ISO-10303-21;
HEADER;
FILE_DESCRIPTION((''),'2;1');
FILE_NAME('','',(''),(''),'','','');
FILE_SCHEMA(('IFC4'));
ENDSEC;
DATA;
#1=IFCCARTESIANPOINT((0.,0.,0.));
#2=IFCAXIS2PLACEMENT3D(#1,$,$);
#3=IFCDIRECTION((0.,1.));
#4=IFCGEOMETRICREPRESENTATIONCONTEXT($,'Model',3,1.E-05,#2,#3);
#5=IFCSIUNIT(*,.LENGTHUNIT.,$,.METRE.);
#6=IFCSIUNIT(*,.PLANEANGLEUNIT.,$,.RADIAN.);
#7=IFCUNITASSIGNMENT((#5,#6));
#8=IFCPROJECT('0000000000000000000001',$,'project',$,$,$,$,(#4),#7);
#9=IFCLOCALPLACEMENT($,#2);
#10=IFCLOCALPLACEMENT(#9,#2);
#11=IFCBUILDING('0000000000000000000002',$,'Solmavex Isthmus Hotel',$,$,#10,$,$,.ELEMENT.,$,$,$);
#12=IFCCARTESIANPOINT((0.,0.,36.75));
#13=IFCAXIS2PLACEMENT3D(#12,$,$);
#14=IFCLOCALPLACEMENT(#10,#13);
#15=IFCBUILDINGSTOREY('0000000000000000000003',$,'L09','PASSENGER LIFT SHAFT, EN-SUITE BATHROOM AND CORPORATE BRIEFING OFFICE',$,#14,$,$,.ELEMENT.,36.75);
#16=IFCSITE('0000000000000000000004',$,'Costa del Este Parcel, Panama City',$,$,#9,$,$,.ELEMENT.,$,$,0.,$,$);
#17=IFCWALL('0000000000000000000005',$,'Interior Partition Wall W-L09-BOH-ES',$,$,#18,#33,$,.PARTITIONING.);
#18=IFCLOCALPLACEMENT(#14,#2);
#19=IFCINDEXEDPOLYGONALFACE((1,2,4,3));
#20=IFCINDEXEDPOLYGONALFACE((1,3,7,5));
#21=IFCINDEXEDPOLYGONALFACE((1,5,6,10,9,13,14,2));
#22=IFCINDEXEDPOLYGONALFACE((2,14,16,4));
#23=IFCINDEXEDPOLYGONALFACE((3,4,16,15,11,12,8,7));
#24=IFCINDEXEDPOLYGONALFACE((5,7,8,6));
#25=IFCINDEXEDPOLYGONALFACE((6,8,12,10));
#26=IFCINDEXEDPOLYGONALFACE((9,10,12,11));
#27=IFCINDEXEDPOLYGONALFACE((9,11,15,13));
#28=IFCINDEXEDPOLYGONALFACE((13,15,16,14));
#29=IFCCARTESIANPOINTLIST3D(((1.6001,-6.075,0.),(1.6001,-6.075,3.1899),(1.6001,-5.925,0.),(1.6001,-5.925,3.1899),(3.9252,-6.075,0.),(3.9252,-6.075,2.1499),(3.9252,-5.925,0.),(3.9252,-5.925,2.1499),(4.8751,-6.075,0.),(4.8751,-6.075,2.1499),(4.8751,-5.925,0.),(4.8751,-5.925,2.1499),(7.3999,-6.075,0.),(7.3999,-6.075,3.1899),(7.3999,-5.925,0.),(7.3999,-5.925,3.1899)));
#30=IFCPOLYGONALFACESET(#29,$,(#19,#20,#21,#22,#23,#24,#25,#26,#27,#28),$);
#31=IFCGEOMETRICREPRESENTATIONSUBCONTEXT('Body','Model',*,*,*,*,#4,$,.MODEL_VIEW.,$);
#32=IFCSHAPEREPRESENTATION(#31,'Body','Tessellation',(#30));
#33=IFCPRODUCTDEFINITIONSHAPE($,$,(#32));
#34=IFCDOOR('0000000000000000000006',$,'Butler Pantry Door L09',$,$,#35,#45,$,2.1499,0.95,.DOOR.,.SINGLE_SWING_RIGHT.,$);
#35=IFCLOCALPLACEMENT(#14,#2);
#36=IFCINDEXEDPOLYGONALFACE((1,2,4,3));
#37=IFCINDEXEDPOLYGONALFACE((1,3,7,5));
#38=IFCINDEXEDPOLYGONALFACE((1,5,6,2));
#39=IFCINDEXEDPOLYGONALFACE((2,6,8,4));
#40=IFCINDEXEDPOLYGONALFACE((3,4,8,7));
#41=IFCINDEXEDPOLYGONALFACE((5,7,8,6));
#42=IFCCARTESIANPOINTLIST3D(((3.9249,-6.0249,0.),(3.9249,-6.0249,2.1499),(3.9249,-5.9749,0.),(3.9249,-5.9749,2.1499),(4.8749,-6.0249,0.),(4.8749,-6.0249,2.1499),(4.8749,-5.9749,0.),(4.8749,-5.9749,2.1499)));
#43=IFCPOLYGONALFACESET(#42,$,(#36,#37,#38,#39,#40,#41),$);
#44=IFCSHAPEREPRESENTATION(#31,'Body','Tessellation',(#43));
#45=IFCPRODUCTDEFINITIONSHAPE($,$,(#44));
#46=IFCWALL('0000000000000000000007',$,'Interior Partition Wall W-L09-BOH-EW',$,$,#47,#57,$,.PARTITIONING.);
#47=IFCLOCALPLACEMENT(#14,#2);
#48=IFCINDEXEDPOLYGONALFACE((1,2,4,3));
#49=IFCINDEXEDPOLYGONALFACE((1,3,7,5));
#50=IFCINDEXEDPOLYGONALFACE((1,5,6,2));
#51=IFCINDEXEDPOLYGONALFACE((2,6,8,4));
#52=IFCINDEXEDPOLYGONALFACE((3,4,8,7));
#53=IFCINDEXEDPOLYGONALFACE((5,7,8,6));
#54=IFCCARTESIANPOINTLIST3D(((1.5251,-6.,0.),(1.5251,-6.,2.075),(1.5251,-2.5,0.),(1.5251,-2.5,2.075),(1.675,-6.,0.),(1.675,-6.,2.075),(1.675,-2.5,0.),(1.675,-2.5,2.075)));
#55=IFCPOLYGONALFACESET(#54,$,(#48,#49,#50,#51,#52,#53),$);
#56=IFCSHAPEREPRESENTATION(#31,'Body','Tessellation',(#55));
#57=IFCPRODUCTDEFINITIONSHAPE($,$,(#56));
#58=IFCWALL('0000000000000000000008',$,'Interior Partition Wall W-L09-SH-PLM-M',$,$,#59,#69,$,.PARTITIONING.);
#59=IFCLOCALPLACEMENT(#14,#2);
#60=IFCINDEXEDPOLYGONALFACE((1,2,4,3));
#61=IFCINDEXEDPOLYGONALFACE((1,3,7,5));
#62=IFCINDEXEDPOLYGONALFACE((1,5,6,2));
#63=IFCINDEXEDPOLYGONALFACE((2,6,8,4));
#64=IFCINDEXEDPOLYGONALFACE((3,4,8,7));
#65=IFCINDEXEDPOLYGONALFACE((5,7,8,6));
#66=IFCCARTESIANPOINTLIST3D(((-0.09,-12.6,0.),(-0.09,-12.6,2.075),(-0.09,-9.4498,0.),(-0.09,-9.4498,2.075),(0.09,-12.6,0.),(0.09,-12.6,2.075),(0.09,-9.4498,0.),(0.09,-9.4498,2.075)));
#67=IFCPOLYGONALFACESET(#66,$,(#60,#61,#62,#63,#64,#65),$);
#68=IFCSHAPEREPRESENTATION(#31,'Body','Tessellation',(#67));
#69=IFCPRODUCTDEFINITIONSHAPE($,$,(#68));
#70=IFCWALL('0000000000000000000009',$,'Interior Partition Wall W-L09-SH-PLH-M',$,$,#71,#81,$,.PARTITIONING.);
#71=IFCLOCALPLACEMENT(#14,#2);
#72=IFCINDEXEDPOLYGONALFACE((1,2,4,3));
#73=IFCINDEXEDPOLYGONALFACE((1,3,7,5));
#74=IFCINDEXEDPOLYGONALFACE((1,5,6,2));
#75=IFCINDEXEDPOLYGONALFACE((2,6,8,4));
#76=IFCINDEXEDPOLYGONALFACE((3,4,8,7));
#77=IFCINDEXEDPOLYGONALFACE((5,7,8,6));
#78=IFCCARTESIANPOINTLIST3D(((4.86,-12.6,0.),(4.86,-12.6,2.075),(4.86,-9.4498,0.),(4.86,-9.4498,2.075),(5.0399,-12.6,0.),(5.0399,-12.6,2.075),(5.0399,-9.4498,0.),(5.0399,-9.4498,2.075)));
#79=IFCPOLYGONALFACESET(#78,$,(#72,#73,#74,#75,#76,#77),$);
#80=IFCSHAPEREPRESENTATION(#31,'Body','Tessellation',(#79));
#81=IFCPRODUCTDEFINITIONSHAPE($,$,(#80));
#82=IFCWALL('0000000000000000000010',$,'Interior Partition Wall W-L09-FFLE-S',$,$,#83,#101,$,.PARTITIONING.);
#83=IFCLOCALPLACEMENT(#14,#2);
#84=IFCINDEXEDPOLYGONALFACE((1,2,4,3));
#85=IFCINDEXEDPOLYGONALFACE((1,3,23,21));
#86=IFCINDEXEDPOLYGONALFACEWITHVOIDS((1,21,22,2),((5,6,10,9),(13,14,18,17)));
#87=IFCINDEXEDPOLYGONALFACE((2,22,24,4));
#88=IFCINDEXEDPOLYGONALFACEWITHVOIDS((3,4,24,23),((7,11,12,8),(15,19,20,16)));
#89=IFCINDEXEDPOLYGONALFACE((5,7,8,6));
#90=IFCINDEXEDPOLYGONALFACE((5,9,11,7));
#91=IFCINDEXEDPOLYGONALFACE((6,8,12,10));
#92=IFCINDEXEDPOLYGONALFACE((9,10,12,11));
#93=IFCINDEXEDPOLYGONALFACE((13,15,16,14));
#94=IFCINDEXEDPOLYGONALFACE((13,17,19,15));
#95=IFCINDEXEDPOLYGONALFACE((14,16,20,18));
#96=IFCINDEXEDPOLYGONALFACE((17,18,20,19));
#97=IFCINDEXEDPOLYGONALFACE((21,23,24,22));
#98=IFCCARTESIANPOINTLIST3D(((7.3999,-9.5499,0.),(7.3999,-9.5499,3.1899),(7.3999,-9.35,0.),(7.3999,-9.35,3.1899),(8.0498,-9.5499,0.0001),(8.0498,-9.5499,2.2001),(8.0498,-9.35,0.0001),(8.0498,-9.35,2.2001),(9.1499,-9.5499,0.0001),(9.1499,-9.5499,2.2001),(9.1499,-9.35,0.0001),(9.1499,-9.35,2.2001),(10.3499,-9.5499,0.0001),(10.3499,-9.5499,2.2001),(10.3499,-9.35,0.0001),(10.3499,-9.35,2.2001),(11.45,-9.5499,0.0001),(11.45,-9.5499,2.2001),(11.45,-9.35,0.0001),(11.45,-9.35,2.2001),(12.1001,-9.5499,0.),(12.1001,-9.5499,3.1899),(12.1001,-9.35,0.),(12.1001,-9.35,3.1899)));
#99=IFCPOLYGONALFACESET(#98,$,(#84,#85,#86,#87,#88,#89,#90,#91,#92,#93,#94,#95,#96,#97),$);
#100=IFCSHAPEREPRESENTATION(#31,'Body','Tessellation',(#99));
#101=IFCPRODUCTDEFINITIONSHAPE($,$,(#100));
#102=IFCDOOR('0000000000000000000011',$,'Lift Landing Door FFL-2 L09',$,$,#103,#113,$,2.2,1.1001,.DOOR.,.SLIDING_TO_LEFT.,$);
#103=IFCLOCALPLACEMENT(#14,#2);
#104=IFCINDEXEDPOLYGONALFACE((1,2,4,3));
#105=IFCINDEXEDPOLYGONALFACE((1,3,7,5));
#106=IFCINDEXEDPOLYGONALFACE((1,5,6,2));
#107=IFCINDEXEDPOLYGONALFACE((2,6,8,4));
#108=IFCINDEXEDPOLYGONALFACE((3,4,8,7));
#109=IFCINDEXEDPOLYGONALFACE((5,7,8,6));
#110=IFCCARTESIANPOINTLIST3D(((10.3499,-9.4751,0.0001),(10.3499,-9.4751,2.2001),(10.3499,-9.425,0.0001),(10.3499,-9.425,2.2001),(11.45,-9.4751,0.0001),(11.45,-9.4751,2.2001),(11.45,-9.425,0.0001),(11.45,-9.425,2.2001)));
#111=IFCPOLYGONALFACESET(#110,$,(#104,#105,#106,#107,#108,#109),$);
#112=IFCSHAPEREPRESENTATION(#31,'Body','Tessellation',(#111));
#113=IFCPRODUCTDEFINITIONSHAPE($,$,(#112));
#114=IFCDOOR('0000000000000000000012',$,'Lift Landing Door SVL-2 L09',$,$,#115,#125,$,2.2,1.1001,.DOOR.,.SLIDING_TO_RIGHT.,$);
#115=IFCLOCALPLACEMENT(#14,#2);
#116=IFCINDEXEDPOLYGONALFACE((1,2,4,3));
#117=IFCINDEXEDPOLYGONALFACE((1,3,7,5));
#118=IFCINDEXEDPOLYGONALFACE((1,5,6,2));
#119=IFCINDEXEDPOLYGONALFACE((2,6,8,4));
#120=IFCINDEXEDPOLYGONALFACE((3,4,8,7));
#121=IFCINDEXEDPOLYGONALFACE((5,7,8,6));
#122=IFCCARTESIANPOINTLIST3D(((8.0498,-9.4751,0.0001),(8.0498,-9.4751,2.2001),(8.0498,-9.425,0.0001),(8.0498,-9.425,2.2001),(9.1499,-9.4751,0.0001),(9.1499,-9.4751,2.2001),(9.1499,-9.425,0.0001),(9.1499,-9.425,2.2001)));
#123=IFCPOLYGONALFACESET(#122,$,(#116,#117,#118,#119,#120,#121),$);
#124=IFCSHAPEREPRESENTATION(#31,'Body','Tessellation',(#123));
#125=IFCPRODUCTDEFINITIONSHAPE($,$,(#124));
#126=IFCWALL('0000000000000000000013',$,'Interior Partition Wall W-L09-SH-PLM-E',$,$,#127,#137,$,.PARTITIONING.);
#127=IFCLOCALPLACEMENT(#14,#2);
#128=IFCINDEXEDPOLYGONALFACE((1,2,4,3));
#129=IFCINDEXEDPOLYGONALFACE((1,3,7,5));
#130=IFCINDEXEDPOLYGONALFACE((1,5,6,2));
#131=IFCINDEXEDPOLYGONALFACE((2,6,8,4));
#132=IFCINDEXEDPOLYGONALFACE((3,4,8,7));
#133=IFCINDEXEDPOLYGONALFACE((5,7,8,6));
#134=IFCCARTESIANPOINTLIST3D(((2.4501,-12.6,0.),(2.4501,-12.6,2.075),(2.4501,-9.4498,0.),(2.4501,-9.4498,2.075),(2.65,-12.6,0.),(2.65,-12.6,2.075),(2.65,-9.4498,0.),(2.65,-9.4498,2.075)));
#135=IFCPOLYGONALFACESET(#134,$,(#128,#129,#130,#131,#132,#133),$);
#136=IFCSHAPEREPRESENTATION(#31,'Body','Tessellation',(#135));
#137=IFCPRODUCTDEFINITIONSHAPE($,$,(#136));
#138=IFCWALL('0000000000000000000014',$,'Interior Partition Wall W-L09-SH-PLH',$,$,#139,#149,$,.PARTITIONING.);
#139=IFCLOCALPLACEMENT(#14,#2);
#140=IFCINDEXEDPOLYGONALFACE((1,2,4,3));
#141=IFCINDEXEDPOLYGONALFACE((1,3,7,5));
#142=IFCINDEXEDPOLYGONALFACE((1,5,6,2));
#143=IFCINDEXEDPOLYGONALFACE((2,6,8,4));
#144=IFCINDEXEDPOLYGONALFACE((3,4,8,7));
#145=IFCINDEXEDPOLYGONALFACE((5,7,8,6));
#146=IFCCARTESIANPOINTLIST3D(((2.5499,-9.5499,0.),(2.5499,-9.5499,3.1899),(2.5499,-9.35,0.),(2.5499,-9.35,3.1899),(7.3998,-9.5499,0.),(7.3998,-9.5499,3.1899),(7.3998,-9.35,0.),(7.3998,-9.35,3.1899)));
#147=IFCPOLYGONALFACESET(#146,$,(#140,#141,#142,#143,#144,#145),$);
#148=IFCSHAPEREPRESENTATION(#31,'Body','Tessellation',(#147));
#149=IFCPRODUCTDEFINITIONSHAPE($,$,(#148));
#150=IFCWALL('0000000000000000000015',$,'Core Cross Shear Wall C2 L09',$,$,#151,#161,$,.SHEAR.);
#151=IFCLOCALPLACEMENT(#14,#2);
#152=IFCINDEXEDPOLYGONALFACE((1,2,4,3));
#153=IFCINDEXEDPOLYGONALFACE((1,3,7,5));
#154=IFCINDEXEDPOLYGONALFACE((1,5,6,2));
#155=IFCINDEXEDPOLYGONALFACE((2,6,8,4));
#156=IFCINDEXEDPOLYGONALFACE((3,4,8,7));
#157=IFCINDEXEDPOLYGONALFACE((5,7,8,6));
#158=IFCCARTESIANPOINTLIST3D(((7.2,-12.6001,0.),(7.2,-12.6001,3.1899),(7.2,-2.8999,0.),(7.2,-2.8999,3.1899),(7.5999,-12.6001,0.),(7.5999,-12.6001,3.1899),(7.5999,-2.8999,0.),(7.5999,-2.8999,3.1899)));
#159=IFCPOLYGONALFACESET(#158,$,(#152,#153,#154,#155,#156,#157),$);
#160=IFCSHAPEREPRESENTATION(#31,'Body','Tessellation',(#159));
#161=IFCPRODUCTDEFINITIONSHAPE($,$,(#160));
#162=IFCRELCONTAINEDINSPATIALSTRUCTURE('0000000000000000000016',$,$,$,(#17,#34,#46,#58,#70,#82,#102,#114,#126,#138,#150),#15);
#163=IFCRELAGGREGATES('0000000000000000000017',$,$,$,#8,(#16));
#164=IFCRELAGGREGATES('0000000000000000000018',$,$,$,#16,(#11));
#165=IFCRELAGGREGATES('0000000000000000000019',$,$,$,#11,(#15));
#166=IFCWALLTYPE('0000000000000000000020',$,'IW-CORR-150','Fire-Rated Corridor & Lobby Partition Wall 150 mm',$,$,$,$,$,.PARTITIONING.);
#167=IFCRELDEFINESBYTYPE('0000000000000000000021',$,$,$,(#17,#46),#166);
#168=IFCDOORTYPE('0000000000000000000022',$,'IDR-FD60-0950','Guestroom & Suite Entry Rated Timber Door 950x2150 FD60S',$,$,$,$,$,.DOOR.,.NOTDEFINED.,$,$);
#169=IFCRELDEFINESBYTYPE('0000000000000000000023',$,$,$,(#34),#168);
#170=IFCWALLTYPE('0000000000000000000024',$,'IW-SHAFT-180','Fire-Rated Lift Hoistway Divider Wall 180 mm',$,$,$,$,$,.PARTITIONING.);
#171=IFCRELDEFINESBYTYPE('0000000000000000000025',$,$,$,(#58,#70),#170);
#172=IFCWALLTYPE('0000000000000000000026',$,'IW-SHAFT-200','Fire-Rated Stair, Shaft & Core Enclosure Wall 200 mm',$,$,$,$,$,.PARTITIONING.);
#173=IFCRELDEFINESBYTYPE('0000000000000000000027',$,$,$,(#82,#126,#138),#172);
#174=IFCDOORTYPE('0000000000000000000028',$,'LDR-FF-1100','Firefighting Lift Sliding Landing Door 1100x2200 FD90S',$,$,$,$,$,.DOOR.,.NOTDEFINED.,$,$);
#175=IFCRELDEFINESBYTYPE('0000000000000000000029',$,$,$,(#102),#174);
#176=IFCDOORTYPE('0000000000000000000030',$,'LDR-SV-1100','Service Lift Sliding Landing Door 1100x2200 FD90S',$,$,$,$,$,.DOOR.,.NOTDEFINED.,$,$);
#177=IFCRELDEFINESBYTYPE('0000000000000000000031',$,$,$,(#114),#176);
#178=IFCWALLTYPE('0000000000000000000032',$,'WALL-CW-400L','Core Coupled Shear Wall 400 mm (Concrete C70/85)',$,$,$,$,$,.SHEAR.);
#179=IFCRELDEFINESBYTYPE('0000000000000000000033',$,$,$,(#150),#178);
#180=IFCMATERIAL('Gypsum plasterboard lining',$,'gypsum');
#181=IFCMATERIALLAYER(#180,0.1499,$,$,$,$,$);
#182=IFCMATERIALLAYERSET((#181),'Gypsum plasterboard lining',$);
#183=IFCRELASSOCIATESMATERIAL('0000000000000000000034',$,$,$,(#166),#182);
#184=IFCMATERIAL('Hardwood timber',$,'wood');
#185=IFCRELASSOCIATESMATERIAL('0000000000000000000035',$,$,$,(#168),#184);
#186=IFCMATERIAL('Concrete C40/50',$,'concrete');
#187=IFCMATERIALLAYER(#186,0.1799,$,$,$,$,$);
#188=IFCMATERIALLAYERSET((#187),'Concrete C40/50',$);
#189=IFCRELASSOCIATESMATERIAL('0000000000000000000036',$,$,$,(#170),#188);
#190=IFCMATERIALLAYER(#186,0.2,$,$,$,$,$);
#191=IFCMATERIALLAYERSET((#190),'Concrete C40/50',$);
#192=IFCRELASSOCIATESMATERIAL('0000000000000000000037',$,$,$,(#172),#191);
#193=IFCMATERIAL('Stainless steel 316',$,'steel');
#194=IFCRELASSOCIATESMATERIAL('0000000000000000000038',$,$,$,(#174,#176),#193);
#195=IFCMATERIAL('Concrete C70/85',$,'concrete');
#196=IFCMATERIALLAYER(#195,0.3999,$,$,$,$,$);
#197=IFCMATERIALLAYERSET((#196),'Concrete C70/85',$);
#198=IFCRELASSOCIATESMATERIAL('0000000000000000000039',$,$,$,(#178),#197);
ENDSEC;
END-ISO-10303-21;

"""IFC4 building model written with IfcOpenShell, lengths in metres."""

from ifc_helpers import new_model, si_unit, direction, frame, frame_2d, origin, place, context, subcontext, project, spatial, rectangle, extrude, material, layer, layer_set, type_object, element, fill, save


model = new_model("IFC4")

# Units and contexts
model_context = context("Model", 3, precision=1e-05, world=origin(), true_north=direction((0.0, 1.0)))
body_context = subcontext(model_context, "Body", "Model", "MODEL_VIEW")
ifc_project = project(units=[si_unit("LENGTHUNIT", "METRE"), si_unit("PLANEANGLEUNIT", "RADIAN")], contexts=[model_context])

# Site, building, storey
site_placement = place(None, origin())
site = spatial("IfcSite", under=ifc_project, at=site_placement, Name="Costa del Este Parcel, Panama City", CompositionType="ELEMENT", RefElevation=0.0)
building_placement = place(site_placement, origin())
building = spatial("IfcBuilding", under=site, at=building_placement, Name="Solmavex Isthmus Hotel", CompositionType="ELEMENT")
storey_placement = place(building_placement, frame((0.0, 0.0, 36.75)))
storey = spatial("IfcBuildingStorey", under=building, at=storey_placement, Name="L09", Description="PASSENGER LIFT SHAFT, EN-SUITE BATHROOM AND CORPORATE BRIEFING OFFICE", CompositionType="ELEMENT", Elevation=36.75)

# Shared definitions
ifc_material_1 = material(Name="Concrete C70/85", Category="concrete")

# Shared definitions
ifc_material_2 = material(Name="Concrete C40/50", Category="concrete")

# Shared definitions
ifc_material_3 = material(Name="Gypsum plasterboard lining", Category="gypsum")

# Wall, opening, door
ifc_layer_1 = layer(ifc_material_3, 0.1499)
ifc_layer_set_1 = layer_set([ifc_layer_1], Name="Gypsum plasterboard lining")
wall_type_1 = type_object("IfcWallType", Name="IW-CORR-150", Description="Fire-Rated Corridor & Lobby Partition Wall 150 mm", PredefinedType="PARTITIONING", material=ifc_layer_set_1)
wall_1_placement = place(storey_placement, frame((1.6001, -6.0, 0.0), z_axis=(0.0, 0.0, 1.0), x_axis=(1.0, 0.0, 0.0)))
wall_1 = element("IfcWall", 1, at=wall_1_placement, inside=storey, type_object=wall_type_1, Name="Interior Partition Wall W-L09-BOH-ES", PredefinedType="PARTITIONING", context=body_context, shape_type="SweptSolid", body=[
    extrude(rectangle(XDim=5.7998, YDim=0.1499, at=frame_2d((2.8999, 0.0))), origin(), (0.0, 0.0, 1.0), 3.1899),
])
opening_1_placement = place(wall_1_placement, frame((2.325, 0.0, 0.0)))
opening_1 = element("IfcOpeningElement", 2, at=opening_1_placement, cuts=wall_1, PredefinedType="OPENING", context=body_context, shape_type="SweptSolid", body=[
    extrude(rectangle(XDim=0.95, YDim=2.1499, at=frame_2d((0.4751, 1.075))), frame((0.0, 0.085, 0.0), z_axis=(0.0, -1.0, 0.0), x_axis=(1.0, 0.0, 0.0)), (0.0, 0.0, 1.0), 0.1699),
])
ifc_material_4 = material(Name="Hardwood timber", Category="wood")
door_type_1 = type_object("IfcDoorType", Name="IDR-FD60-0950", Description="Guestroom & Suite Entry Rated Timber Door 950x2150 FD60S", OperationType="NOTDEFINED", PredefinedType="DOOR", material=ifc_material_4)
door_1_placement = place(opening_1_placement, frame((0.95, 0.0, 0.0), z_axis=(0.0, 0.0, 1.0), x_axis=(-1.0, 0.0, 0.0)))
door_1 = element("IfcDoor", 3, at=door_1_placement, inside=storey, type_object=door_type_1, Name="Butler Pantry Door L09", OperationType="SINGLE_SWING_RIGHT", OverallHeight=2.1499, OverallWidth=0.95, PredefinedType="DOOR", context=body_context, shape_type="SweptSolid", body=[
    extrude(rectangle(XDim=0.95, YDim=2.1499, at=frame_2d((0.4751, 1.075))), frame((0.0, 0.0249, 0.0), z_axis=(0.0, -1.0, 0.0), x_axis=(1.0, 0.0, 0.0)), (0.0, 0.0, 1.0), 0.05),
])
fill(opening_1, door_1)

# Walls
wall_2_placement = place(storey_placement, frame((1.6001, -6.0, 0.0), z_axis=(0.0, 0.0, 1.0), x_axis=(0.0, 1.0, 0.0)))
element("IfcWall", 4, at=wall_2_placement, inside=storey, type_object=wall_type_1, Name="Interior Partition Wall W-L09-BOH-EW", PredefinedType="PARTITIONING", context=body_context, shape_type="SweptSolid", body=[
    extrude(rectangle(XDim=3.5, YDim=0.1499, at=frame_2d((1.75, 0.0))), origin(), (0.0, 0.0, 1.0), 2.075),
])
ifc_layer_2 = layer(ifc_material_2, 0.1799)
ifc_layer_set_2 = layer_set([ifc_layer_2], Name="Concrete C40/50")
wall_type_2 = type_object("IfcWallType", Name="IW-SHAFT-180", Description="Fire-Rated Lift Hoistway Divider Wall 180 mm", PredefinedType="PARTITIONING", material=ifc_layer_set_2)
for number, where, z_axis, x_axis, name in (
    (5, (0.0, -12.6001, 0.0), (0.0, 0.0, 1.0), (0.0, 1.0, 0.0), "Interior Partition Wall W-L09-SH-PLM-M"),
    (6, (4.95, -12.6001, 0.0), (0.0, 0.0, 1.0), (0.0, 1.0, 0.0), "Interior Partition Wall W-L09-SH-PLH-M"),
):
    element("IfcWall", number, at=place(storey_placement, frame(where, z_axis=z_axis, x_axis=x_axis)), inside=storey, type_object=wall_type_2, Name=name, PredefinedType="PARTITIONING", context=body_context, shape_type="SweptSolid", body=[
        extrude(rectangle(XDim=3.1501, YDim=0.1799, at=frame_2d((1.5752, 0.0))), origin(), (0.0, 0.0, 1.0), 2.075),
    ])

# Wall, openings, doors
ifc_layer_3 = layer(ifc_material_2, 0.2)
ifc_layer_set_3 = layer_set([ifc_layer_3], Name="Concrete C40/50")
wall_type_3 = type_object("IfcWallType", Name="IW-SHAFT-200", Description="Fire-Rated Stair, Shaft & Core Enclosure Wall 200 mm", PredefinedType="PARTITIONING", material=ifc_layer_set_3)
wall_3_placement = place(storey_placement, frame((7.3999, -9.45, 0.0), z_axis=(0.0, 0.0, 1.0), x_axis=(1.0, 0.0, 0.0)))
wall_3 = element("IfcWall", 7, at=wall_3_placement, inside=storey, type_object=wall_type_3, Name="Interior Partition Wall W-L09-FFLE-S", PredefinedType="PARTITIONING", context=body_context, shape_type="SweptSolid", body=[
    extrude(rectangle(XDim=4.7002, YDim=0.2, at=frame_2d((2.3501, 0.0))), origin(), (0.0, 0.0, 1.0), 3.1899),
])
opening_2_placement = place(wall_3_placement, frame((2.95, 0.0, 0.0)))
opening_2 = element("IfcOpeningElement", 8, at=opening_2_placement, cuts=wall_3, PredefinedType="OPENING", context=body_context, shape_type="SweptSolid", body=[
    extrude(rectangle(XDim=1.1001, YDim=2.2, at=frame_2d((0.55, 1.1001))), frame((0.0, 0.1099, 0.0), z_axis=(0.0, -1.0, 0.0), x_axis=(1.0, 0.0, 0.0)), (0.0, 0.0, 1.0), 0.22),
])
opening_3_placement = place(wall_3_placement, frame((0.6499, 0.0, 0.0)))
opening_3 = element("IfcOpeningElement", 9, at=opening_3_placement, cuts=wall_3, PredefinedType="OPENING", context=body_context, shape_type="SweptSolid", body=[
    extrude(rectangle(XDim=1.1001, YDim=2.2, at=frame_2d((0.55, 1.1001))), frame((0.0, 0.1099, 0.0), z_axis=(0.0, -1.0, 0.0), x_axis=(1.0, 0.0, 0.0)), (0.0, 0.0, 1.0), 0.22),
])
ifc_material_5 = material(Name="Stainless steel 316", Category="steel")
door_type_2 = type_object("IfcDoorType", Name="LDR-FF-1100", Description="Firefighting Lift Sliding Landing Door 1100x2200 FD90S", OperationType="NOTDEFINED", PredefinedType="DOOR", material=ifc_material_5)
door_2_placement = place(opening_2_placement, origin())
door_2 = element("IfcDoor", 10, at=door_2_placement, inside=storey, type_object=door_type_2, Name="Lift Landing Door FFL-2 L09", OperationType="SLIDING_TO_LEFT", OverallHeight=2.2, OverallWidth=1.1001, PredefinedType="DOOR", context=body_context, shape_type="SweptSolid", body=[
    extrude(rectangle(XDim=1.1001, YDim=2.2, at=frame_2d((0.55, 1.1001))), frame((0.0, 0.0249, 0.0), z_axis=(0.0, -1.0, 0.0), x_axis=(1.0, 0.0, 0.0)), (0.0, 0.0, 1.0), 0.05),
])
fill(opening_2, door_2)
door_type_3 = type_object("IfcDoorType", Name="LDR-SV-1100", Description="Service Lift Sliding Landing Door 1100x2200 FD90S", OperationType="NOTDEFINED", PredefinedType="DOOR", material=ifc_material_5)
door_3_placement = place(opening_3_placement, origin())
door_3 = element("IfcDoor", 11, at=door_3_placement, inside=storey, type_object=door_type_3, Name="Lift Landing Door SVL-2 L09", OperationType="SLIDING_TO_RIGHT", OverallHeight=2.2, OverallWidth=1.1001, PredefinedType="DOOR", context=body_context, shape_type="SweptSolid", body=[
    extrude(rectangle(XDim=1.1001, YDim=2.2, at=frame_2d((0.55, 1.1001))), frame((0.0, 0.0249, 0.0), z_axis=(0.0, -1.0, 0.0), x_axis=(1.0, 0.0, 0.0)), (0.0, 0.0, 1.0), 0.05),
])
fill(opening_3, door_3)

# Walls
wall_4_placement = place(storey_placement, frame((2.55, -12.6001, 0.0), z_axis=(0.0, 0.0, 1.0), x_axis=(0.0, 1.0, 0.0)))
element("IfcWall", 12, at=wall_4_placement, inside=storey, type_object=wall_type_3, Name="Interior Partition Wall W-L09-SH-PLM-E", PredefinedType="PARTITIONING", context=body_context, shape_type="SweptSolid", body=[
    extrude(rectangle(XDim=3.1501, YDim=0.2, at=frame_2d((1.5752, 0.0))), origin(), (0.0, 0.0, 1.0), 2.075),
])
wall_5_placement = place(storey_placement, frame((2.55, -9.45, 0.0), z_axis=(0.0, 0.0, 1.0), x_axis=(1.0, 0.0, 0.0)))
element("IfcWall", 13, at=wall_5_placement, inside=storey, type_object=wall_type_3, Name="Interior Partition Wall W-L09-SH-PLH", PredefinedType="PARTITIONING", context=body_context, shape_type="SweptSolid", body=[
    extrude(rectangle(XDim=4.8499, YDim=0.2, at=frame_2d((2.4248, 0.0))), origin(), (0.0, 0.0, 1.0), 3.1899),
])
ifc_layer_4 = layer(ifc_material_1, 0.3999)
ifc_layer_set_4 = layer_set([ifc_layer_4], Name="Concrete C70/85")
wall_type_4 = type_object("IfcWallType", Name="WALL-CW-400L", Description="Core Coupled Shear Wall 400 mm (Concrete C70/85)", PredefinedType="SHEAR", material=ifc_layer_set_4)
wall_6_placement = place(storey_placement, frame((7.3999, -12.6001, 0.0), z_axis=(0.0, 0.0, 1.0), x_axis=(0.0, 1.0, 0.0)))
element("IfcWall", 14, at=wall_6_placement, inside=storey, type_object=wall_type_4, Name="Core Cross Shear Wall C2 L09", PredefinedType="SHEAR", context=body_context, shape_type="SweptSolid", body=[
    extrude(rectangle(XDim=9.7002, YDim=0.3999, at=frame_2d((4.8501, 0.0))), origin(), (0.0, 0.0, 1.0), 3.1899),
])

save(model, "model.ifc")
